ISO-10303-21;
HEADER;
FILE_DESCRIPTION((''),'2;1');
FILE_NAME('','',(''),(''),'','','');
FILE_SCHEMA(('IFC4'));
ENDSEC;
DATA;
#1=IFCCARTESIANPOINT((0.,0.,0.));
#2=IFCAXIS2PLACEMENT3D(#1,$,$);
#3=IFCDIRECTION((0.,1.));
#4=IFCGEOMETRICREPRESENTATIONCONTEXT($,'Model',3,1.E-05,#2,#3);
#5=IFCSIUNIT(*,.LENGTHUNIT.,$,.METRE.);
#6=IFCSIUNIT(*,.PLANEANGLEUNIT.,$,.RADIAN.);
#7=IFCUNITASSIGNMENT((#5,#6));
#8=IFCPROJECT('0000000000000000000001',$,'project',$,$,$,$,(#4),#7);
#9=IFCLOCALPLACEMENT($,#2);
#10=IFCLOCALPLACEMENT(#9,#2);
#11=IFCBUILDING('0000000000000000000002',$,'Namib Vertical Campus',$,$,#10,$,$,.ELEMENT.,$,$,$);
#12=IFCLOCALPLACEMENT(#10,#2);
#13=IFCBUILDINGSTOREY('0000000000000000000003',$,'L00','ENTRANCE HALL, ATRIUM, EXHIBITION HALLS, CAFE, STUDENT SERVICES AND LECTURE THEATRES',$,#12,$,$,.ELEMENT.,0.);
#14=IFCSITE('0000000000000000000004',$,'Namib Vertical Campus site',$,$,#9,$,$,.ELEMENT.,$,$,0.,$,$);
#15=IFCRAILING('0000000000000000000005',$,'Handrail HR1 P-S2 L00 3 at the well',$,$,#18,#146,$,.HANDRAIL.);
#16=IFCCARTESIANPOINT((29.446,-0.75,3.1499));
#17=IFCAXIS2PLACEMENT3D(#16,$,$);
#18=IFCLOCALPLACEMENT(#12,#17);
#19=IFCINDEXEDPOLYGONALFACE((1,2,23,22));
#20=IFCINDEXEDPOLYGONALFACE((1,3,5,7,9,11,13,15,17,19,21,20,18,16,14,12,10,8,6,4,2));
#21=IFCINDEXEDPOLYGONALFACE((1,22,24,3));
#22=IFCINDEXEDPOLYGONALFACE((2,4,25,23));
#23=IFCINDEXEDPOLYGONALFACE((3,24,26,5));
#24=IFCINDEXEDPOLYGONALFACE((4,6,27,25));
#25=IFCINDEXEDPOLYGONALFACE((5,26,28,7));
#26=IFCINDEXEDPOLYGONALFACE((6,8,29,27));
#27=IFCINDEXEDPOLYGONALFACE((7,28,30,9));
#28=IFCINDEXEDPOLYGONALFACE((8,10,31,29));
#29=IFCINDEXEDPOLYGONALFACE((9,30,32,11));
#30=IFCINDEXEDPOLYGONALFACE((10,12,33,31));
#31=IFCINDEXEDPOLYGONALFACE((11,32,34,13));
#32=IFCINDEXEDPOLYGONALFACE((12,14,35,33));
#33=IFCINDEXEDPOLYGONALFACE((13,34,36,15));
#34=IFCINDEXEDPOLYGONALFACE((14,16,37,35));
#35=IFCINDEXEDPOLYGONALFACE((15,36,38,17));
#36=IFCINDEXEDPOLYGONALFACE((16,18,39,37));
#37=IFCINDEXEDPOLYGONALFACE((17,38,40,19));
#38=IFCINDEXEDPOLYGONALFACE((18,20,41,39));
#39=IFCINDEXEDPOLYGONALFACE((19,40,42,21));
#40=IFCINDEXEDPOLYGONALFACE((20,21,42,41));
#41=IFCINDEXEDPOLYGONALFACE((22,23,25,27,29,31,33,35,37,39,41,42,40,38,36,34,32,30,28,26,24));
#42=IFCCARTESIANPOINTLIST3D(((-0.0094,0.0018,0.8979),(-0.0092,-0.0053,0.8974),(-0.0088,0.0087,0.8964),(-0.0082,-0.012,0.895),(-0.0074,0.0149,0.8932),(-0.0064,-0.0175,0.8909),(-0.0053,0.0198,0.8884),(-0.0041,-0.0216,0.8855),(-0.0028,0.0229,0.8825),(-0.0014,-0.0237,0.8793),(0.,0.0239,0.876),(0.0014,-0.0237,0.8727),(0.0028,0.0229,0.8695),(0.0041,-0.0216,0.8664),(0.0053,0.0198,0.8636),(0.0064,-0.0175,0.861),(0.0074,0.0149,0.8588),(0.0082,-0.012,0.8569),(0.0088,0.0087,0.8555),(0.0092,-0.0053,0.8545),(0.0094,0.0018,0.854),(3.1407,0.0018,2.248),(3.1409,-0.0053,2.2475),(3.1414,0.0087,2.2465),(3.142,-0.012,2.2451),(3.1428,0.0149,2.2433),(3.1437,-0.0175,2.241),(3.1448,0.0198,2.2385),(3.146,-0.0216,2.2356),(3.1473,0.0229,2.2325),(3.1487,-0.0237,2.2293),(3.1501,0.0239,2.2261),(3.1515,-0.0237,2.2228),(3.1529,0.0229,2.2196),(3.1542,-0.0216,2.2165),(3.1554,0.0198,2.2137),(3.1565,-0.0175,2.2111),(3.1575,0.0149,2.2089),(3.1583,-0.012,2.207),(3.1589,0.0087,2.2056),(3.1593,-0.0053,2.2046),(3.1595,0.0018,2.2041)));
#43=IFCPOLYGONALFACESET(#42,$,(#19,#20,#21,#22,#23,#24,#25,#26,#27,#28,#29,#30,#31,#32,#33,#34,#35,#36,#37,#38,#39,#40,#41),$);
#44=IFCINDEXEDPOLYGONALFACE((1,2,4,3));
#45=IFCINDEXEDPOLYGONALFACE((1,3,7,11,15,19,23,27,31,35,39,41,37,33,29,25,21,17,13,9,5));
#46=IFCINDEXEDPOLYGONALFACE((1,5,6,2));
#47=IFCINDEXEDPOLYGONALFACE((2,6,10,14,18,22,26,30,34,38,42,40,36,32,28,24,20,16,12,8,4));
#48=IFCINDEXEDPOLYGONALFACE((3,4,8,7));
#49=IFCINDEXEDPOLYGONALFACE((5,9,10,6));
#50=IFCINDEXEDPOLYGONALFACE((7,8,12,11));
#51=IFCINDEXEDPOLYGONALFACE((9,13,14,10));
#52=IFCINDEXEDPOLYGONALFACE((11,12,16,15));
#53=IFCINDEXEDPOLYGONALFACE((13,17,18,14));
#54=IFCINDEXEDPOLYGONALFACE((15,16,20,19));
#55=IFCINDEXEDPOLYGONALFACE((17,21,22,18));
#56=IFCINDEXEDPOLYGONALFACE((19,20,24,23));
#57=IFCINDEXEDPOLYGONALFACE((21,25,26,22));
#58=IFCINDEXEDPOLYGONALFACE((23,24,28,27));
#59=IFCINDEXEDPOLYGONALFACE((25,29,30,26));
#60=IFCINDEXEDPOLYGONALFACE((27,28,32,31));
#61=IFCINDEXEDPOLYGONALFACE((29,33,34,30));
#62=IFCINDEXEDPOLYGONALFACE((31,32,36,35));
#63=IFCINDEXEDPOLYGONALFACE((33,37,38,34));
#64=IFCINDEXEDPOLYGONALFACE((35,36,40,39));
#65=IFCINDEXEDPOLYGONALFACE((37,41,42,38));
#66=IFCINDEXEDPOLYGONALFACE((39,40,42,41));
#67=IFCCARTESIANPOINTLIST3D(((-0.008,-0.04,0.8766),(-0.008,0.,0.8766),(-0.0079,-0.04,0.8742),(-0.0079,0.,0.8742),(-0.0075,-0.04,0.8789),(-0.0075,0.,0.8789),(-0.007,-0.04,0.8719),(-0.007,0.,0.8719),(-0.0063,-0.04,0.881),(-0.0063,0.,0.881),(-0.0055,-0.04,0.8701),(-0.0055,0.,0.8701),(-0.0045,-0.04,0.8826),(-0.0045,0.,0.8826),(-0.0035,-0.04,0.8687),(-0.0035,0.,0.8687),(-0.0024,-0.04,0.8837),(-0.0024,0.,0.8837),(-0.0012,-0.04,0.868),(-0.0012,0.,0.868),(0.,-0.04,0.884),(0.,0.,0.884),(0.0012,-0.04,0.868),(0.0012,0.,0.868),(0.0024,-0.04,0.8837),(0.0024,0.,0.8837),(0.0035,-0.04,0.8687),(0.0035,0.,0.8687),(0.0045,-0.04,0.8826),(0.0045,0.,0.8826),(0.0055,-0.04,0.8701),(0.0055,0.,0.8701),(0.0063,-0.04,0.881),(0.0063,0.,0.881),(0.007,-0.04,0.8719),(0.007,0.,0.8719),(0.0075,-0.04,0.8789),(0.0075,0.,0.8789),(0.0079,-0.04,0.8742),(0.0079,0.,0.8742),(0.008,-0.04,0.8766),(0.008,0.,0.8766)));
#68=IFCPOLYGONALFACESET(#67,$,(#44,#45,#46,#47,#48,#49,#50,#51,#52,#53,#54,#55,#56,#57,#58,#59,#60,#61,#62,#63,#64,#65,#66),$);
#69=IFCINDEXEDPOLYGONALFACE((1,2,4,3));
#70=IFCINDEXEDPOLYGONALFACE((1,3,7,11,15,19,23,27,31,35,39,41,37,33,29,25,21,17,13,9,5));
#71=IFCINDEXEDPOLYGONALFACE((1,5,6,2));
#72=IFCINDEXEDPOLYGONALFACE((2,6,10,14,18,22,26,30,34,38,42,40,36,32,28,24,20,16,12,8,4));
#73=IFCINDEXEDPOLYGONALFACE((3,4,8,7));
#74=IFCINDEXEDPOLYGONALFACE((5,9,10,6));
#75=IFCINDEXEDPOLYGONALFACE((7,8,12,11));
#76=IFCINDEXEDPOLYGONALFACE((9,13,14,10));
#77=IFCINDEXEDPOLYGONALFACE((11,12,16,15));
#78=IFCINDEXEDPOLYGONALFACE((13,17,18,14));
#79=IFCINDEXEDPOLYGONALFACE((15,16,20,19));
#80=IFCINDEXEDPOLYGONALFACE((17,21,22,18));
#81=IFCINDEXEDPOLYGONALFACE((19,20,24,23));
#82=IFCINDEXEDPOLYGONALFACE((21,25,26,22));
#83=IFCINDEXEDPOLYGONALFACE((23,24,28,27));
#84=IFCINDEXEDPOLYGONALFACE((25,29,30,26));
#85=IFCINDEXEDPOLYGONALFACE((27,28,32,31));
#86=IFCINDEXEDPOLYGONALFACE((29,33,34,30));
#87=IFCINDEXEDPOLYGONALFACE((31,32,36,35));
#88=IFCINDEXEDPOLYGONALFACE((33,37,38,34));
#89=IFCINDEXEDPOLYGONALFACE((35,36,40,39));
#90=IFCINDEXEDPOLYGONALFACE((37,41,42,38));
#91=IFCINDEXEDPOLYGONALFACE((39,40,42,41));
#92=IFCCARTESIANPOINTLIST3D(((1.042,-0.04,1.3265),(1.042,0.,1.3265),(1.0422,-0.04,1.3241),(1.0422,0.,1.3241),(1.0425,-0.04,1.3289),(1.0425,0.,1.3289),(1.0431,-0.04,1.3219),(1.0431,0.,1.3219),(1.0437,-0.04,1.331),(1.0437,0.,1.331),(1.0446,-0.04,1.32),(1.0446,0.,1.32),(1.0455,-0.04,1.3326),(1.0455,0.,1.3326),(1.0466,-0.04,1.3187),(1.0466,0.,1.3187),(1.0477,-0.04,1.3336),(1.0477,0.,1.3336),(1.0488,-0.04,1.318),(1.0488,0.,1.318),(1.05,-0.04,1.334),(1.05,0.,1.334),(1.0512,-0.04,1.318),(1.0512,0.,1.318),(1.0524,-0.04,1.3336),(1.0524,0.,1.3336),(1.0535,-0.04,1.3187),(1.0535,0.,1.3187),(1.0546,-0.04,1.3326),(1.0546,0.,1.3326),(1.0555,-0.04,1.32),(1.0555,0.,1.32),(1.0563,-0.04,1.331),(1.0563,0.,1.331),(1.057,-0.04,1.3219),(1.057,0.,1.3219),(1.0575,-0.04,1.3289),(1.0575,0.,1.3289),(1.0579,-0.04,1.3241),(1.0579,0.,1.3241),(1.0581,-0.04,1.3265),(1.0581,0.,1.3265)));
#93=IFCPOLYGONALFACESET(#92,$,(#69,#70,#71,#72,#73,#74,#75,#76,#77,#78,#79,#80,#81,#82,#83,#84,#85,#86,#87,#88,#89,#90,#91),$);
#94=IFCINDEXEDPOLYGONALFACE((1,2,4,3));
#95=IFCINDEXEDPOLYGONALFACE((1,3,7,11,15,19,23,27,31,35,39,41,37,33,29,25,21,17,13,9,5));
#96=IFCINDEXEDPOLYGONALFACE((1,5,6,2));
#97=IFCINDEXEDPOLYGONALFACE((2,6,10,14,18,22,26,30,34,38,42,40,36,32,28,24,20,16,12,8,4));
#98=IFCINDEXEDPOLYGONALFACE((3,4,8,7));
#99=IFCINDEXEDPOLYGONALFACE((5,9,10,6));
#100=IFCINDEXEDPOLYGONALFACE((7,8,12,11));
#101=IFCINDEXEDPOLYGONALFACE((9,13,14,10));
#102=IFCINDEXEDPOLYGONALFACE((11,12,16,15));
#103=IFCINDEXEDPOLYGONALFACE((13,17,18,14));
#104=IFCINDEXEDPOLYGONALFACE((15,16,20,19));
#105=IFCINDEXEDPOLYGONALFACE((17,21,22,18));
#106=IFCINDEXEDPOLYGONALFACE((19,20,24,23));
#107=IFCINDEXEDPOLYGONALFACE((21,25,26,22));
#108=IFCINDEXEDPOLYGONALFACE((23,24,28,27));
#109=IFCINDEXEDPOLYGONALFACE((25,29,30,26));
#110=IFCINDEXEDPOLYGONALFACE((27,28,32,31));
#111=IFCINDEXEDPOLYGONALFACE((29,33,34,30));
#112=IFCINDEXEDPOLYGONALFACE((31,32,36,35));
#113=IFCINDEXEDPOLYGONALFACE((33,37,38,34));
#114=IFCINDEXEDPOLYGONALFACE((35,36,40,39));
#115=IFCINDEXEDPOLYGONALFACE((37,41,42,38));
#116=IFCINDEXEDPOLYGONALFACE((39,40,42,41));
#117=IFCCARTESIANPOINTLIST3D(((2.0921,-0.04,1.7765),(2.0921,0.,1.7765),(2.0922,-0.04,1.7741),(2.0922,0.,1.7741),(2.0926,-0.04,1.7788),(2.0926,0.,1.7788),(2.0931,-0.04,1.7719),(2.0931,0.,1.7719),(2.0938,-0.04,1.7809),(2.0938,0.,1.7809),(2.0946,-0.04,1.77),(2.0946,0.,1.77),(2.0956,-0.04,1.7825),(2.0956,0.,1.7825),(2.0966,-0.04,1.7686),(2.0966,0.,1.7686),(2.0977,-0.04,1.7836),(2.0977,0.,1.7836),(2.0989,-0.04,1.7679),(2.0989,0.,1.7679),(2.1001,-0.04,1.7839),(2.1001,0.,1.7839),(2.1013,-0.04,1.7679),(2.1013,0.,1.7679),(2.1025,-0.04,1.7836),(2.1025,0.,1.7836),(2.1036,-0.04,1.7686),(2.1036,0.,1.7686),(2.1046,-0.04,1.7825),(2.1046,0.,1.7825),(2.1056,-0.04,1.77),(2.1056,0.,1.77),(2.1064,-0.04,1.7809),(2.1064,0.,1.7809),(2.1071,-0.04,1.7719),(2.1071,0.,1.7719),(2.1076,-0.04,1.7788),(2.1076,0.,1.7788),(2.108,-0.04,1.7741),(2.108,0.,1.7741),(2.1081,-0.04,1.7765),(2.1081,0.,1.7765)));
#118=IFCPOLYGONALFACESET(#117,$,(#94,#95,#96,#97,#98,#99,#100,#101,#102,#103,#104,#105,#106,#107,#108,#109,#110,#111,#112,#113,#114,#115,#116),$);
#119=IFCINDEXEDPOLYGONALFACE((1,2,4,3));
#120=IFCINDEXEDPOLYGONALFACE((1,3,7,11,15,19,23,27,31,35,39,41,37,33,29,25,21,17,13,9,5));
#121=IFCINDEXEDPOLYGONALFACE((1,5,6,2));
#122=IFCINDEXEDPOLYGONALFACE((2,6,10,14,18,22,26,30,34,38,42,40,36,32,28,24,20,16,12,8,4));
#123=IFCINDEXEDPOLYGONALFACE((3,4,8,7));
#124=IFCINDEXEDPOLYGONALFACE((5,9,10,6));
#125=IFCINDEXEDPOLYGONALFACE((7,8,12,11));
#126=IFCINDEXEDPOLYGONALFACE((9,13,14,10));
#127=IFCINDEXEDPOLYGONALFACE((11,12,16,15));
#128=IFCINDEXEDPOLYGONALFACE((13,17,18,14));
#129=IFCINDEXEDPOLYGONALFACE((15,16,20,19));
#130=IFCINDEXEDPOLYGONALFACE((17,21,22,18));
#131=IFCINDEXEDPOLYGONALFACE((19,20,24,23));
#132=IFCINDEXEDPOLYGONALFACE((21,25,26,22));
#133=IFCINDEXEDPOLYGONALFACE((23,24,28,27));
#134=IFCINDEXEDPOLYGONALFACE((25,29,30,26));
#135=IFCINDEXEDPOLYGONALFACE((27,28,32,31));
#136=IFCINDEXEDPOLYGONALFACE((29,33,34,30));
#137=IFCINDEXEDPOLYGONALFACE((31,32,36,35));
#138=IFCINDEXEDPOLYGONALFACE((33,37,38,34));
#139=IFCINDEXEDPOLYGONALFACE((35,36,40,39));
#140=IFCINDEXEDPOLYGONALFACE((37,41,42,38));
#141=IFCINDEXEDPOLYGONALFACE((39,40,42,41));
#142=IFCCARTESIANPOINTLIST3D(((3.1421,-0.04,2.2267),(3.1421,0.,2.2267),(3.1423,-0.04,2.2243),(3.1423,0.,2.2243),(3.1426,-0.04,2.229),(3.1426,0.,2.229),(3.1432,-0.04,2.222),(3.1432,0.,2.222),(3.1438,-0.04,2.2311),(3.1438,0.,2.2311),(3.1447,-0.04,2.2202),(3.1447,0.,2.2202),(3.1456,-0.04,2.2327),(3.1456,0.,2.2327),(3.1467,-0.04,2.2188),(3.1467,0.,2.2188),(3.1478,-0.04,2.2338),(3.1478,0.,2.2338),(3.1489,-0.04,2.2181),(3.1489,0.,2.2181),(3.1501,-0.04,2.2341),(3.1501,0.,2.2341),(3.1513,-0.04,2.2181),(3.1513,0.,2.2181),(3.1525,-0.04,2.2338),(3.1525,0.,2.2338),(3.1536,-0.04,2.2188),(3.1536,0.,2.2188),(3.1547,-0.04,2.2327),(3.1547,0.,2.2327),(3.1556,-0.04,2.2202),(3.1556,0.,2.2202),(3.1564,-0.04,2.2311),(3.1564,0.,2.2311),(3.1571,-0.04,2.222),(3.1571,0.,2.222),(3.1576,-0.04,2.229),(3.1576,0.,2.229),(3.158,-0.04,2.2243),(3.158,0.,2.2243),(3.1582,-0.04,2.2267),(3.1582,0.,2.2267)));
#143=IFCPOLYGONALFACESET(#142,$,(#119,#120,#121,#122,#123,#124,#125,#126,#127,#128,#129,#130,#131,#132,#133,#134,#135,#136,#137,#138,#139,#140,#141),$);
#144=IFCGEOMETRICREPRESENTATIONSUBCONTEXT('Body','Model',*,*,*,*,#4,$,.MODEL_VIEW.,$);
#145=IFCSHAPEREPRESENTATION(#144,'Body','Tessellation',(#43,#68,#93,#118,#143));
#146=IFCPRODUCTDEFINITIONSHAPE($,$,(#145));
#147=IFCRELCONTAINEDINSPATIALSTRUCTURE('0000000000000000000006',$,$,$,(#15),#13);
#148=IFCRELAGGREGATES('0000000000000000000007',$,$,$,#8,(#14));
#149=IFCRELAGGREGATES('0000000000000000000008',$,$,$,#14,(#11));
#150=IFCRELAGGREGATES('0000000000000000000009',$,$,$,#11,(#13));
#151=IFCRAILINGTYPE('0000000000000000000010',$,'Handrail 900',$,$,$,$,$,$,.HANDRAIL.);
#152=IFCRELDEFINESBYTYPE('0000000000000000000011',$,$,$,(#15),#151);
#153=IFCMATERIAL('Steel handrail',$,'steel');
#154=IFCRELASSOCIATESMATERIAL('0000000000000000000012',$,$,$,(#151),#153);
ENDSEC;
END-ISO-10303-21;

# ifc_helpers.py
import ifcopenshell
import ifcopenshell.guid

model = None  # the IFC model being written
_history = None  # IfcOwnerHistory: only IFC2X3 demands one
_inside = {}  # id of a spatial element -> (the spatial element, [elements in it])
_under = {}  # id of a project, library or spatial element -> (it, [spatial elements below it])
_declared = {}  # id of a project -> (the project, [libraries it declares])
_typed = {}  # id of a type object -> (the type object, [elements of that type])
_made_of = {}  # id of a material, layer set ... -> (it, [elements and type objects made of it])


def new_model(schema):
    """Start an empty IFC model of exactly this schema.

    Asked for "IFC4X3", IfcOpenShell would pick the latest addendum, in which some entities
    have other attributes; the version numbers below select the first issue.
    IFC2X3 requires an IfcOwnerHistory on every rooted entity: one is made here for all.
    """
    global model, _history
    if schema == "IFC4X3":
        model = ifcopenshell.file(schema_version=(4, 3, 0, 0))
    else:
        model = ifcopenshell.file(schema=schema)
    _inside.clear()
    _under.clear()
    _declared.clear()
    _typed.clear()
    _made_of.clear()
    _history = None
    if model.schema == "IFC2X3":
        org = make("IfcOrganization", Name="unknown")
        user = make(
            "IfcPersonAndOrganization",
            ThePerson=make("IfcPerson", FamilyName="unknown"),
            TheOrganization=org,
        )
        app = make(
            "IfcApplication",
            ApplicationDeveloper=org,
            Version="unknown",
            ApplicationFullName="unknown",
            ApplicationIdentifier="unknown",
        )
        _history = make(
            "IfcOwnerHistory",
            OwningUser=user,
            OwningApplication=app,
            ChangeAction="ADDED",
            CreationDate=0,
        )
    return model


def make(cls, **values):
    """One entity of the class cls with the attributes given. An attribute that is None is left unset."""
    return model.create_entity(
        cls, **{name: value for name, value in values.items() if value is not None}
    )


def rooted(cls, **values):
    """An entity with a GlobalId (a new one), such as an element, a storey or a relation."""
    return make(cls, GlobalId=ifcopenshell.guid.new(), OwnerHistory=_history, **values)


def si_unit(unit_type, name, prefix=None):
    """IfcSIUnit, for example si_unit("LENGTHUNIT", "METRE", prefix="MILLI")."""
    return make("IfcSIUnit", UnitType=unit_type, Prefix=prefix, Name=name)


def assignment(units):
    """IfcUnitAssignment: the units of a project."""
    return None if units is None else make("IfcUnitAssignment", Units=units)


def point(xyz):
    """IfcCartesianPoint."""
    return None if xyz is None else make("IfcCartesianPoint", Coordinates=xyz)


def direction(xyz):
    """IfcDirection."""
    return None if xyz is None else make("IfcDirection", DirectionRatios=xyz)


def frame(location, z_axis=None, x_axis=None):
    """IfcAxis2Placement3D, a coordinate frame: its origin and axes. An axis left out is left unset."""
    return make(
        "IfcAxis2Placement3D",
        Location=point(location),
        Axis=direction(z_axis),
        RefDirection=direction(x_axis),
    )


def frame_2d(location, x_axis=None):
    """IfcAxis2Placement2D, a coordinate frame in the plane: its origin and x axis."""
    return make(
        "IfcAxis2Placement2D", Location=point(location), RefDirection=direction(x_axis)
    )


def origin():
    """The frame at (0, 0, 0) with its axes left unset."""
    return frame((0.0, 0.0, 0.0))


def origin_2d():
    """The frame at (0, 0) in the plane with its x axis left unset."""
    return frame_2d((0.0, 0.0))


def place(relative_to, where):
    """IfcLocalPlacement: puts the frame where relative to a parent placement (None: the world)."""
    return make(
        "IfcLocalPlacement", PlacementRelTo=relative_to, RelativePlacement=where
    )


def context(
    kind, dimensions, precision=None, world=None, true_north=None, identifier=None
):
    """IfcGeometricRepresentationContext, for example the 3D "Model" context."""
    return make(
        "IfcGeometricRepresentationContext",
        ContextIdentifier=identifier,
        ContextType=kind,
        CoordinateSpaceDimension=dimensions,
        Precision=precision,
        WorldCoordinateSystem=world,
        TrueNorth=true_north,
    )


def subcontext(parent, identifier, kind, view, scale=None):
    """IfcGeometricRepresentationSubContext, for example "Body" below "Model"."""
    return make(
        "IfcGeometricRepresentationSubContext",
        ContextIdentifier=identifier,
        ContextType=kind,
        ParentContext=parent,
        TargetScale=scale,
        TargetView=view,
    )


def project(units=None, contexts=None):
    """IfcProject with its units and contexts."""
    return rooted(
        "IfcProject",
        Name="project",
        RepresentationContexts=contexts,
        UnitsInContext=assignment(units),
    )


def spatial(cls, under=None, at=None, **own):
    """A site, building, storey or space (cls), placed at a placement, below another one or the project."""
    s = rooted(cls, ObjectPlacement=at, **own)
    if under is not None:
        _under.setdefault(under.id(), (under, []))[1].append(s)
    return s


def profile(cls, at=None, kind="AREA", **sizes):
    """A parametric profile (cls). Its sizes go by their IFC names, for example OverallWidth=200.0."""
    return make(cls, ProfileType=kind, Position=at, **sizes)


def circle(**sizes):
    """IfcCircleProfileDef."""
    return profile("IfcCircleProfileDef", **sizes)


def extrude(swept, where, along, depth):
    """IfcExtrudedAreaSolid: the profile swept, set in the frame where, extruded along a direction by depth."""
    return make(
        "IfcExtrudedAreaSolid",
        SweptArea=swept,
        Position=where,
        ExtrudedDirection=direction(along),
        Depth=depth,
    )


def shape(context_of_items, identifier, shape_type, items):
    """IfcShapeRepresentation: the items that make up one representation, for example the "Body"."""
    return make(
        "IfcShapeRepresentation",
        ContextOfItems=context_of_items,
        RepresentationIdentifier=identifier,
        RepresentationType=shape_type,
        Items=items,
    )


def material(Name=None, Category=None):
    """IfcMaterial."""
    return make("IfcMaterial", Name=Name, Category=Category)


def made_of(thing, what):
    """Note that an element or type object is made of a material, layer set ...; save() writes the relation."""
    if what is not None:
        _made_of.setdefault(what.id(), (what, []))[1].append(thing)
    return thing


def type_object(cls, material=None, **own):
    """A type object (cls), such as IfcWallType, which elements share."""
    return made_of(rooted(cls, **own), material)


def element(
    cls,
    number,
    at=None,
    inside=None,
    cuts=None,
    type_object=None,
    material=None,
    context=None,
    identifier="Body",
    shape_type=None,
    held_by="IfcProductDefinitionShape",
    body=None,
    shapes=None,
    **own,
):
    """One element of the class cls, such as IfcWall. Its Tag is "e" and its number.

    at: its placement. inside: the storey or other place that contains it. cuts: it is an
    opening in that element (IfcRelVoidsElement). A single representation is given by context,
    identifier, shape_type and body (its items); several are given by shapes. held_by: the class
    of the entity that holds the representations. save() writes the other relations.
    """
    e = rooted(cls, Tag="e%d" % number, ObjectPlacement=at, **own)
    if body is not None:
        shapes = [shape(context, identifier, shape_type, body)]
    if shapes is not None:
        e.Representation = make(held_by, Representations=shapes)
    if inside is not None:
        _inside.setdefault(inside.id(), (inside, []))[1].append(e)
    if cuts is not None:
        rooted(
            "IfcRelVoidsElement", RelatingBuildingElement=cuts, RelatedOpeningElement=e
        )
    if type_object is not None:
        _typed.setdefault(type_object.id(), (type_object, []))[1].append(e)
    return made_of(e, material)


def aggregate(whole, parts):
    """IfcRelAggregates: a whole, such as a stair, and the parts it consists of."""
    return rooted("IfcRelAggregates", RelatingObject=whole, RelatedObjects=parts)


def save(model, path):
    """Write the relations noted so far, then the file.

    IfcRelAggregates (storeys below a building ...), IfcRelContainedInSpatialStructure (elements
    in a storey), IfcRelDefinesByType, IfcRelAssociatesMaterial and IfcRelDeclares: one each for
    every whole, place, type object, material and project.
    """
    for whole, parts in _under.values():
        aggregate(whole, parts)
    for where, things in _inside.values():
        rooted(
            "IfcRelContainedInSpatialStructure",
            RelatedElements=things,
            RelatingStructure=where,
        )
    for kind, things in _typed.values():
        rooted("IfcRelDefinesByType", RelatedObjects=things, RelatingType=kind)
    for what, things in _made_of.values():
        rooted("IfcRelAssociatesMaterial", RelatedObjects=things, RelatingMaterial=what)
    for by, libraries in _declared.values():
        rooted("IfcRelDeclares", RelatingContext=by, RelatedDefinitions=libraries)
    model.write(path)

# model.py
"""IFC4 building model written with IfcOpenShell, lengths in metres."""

from ifc_helpers import new_model, si_unit, direction, frame, origin, origin_2d, place, context, subcontext, project, spatial, circle, extrude, material, type_object, element, save


model = new_model("IFC4")

# Units and contexts
model_context = context("Model", 3, precision=1e-05, world=origin(), true_north=direction((0.0, 1.0)))
body_context = subcontext(model_context, "Body", "Model", "MODEL_VIEW")
ifc_project = project(units=[si_unit("LENGTHUNIT", "METRE"), si_unit("PLANEANGLEUNIT", "RADIAN")], contexts=[model_context])

# Site, building, storey
site_placement = place(None, origin())
site = spatial("IfcSite", under=ifc_project, at=site_placement, Name="Namib Vertical Campus site", CompositionType="ELEMENT", RefElevation=0.0)
building_placement = place(site_placement, origin())
building = spatial("IfcBuilding", under=site, at=building_placement, Name="Namib Vertical Campus", CompositionType="ELEMENT")
storey_placement = place(building_placement, origin())
storey = spatial("IfcBuildingStorey", under=building, at=storey_placement, Name="L00", Description="ENTRANCE HALL, ATRIUM, EXHIBITION HALLS, CAFE, STUDENT SERVICES AND LECTURE THEATRES", CompositionType="ELEMENT", Elevation=0.0)

# Railing
ifc_material_1 = material(Name="Steel handrail", Category="steel")
railing_type_1 = type_object("IfcRailingType", Name="Handrail 900", PredefinedType="HANDRAIL", material=ifc_material_1)
railing_1_placement = place(storey_placement, frame((29.446, -0.75, 3.1499)))
element("IfcRailing", 1, at=railing_1_placement, inside=storey, type_object=railing_type_1, Name="Handrail HR1 P-S2 L00 3 at the well", PredefinedType="HANDRAIL", context=body_context, shape_type="SweptSolid", body=[
    extrude(circle(Radius=0.0239, at=origin_2d()), frame((0.0, 0.0, 0.876), z_axis=(0.919141, 0.0, 0.393928), x_axis=(0.0, 1.0, 0.0)), (0.0, 0.0, 1.0), 3.4272),
    extrude(circle(Radius=0.0081, at=origin_2d()), frame((0.0, 0.0, 0.876), z_axis=(0.0, -1.0, 0.0), x_axis=(0.0, 0.0, 1.0)), (0.0, 0.0, 1.0), 0.04),
    extrude(circle(Radius=0.0081, at=origin_2d()), frame((1.05, 0.0, 1.3259), z_axis=(0.0, -1.0, 0.0), x_axis=(0.0, 0.0, 1.0)), (0.0, 0.0, 1.0), 0.04),
    extrude(circle(Radius=0.0081, at=origin_2d()), frame((2.1001, 0.0, 1.7759), z_axis=(0.0, -1.0, 0.0), x_axis=(0.0, 0.0, 1.0)), (0.0, 0.0, 1.0), 0.04),
    extrude(circle(Radius=0.0081, at=origin_2d()), frame((3.1501, 0.0, 2.2261), z_axis=(0.0, -1.0, 0.0), x_axis=(0.0, 0.0, 1.0)), (0.0, 0.0, 1.0), 0.04),
])

save(model, "model.ifc")
